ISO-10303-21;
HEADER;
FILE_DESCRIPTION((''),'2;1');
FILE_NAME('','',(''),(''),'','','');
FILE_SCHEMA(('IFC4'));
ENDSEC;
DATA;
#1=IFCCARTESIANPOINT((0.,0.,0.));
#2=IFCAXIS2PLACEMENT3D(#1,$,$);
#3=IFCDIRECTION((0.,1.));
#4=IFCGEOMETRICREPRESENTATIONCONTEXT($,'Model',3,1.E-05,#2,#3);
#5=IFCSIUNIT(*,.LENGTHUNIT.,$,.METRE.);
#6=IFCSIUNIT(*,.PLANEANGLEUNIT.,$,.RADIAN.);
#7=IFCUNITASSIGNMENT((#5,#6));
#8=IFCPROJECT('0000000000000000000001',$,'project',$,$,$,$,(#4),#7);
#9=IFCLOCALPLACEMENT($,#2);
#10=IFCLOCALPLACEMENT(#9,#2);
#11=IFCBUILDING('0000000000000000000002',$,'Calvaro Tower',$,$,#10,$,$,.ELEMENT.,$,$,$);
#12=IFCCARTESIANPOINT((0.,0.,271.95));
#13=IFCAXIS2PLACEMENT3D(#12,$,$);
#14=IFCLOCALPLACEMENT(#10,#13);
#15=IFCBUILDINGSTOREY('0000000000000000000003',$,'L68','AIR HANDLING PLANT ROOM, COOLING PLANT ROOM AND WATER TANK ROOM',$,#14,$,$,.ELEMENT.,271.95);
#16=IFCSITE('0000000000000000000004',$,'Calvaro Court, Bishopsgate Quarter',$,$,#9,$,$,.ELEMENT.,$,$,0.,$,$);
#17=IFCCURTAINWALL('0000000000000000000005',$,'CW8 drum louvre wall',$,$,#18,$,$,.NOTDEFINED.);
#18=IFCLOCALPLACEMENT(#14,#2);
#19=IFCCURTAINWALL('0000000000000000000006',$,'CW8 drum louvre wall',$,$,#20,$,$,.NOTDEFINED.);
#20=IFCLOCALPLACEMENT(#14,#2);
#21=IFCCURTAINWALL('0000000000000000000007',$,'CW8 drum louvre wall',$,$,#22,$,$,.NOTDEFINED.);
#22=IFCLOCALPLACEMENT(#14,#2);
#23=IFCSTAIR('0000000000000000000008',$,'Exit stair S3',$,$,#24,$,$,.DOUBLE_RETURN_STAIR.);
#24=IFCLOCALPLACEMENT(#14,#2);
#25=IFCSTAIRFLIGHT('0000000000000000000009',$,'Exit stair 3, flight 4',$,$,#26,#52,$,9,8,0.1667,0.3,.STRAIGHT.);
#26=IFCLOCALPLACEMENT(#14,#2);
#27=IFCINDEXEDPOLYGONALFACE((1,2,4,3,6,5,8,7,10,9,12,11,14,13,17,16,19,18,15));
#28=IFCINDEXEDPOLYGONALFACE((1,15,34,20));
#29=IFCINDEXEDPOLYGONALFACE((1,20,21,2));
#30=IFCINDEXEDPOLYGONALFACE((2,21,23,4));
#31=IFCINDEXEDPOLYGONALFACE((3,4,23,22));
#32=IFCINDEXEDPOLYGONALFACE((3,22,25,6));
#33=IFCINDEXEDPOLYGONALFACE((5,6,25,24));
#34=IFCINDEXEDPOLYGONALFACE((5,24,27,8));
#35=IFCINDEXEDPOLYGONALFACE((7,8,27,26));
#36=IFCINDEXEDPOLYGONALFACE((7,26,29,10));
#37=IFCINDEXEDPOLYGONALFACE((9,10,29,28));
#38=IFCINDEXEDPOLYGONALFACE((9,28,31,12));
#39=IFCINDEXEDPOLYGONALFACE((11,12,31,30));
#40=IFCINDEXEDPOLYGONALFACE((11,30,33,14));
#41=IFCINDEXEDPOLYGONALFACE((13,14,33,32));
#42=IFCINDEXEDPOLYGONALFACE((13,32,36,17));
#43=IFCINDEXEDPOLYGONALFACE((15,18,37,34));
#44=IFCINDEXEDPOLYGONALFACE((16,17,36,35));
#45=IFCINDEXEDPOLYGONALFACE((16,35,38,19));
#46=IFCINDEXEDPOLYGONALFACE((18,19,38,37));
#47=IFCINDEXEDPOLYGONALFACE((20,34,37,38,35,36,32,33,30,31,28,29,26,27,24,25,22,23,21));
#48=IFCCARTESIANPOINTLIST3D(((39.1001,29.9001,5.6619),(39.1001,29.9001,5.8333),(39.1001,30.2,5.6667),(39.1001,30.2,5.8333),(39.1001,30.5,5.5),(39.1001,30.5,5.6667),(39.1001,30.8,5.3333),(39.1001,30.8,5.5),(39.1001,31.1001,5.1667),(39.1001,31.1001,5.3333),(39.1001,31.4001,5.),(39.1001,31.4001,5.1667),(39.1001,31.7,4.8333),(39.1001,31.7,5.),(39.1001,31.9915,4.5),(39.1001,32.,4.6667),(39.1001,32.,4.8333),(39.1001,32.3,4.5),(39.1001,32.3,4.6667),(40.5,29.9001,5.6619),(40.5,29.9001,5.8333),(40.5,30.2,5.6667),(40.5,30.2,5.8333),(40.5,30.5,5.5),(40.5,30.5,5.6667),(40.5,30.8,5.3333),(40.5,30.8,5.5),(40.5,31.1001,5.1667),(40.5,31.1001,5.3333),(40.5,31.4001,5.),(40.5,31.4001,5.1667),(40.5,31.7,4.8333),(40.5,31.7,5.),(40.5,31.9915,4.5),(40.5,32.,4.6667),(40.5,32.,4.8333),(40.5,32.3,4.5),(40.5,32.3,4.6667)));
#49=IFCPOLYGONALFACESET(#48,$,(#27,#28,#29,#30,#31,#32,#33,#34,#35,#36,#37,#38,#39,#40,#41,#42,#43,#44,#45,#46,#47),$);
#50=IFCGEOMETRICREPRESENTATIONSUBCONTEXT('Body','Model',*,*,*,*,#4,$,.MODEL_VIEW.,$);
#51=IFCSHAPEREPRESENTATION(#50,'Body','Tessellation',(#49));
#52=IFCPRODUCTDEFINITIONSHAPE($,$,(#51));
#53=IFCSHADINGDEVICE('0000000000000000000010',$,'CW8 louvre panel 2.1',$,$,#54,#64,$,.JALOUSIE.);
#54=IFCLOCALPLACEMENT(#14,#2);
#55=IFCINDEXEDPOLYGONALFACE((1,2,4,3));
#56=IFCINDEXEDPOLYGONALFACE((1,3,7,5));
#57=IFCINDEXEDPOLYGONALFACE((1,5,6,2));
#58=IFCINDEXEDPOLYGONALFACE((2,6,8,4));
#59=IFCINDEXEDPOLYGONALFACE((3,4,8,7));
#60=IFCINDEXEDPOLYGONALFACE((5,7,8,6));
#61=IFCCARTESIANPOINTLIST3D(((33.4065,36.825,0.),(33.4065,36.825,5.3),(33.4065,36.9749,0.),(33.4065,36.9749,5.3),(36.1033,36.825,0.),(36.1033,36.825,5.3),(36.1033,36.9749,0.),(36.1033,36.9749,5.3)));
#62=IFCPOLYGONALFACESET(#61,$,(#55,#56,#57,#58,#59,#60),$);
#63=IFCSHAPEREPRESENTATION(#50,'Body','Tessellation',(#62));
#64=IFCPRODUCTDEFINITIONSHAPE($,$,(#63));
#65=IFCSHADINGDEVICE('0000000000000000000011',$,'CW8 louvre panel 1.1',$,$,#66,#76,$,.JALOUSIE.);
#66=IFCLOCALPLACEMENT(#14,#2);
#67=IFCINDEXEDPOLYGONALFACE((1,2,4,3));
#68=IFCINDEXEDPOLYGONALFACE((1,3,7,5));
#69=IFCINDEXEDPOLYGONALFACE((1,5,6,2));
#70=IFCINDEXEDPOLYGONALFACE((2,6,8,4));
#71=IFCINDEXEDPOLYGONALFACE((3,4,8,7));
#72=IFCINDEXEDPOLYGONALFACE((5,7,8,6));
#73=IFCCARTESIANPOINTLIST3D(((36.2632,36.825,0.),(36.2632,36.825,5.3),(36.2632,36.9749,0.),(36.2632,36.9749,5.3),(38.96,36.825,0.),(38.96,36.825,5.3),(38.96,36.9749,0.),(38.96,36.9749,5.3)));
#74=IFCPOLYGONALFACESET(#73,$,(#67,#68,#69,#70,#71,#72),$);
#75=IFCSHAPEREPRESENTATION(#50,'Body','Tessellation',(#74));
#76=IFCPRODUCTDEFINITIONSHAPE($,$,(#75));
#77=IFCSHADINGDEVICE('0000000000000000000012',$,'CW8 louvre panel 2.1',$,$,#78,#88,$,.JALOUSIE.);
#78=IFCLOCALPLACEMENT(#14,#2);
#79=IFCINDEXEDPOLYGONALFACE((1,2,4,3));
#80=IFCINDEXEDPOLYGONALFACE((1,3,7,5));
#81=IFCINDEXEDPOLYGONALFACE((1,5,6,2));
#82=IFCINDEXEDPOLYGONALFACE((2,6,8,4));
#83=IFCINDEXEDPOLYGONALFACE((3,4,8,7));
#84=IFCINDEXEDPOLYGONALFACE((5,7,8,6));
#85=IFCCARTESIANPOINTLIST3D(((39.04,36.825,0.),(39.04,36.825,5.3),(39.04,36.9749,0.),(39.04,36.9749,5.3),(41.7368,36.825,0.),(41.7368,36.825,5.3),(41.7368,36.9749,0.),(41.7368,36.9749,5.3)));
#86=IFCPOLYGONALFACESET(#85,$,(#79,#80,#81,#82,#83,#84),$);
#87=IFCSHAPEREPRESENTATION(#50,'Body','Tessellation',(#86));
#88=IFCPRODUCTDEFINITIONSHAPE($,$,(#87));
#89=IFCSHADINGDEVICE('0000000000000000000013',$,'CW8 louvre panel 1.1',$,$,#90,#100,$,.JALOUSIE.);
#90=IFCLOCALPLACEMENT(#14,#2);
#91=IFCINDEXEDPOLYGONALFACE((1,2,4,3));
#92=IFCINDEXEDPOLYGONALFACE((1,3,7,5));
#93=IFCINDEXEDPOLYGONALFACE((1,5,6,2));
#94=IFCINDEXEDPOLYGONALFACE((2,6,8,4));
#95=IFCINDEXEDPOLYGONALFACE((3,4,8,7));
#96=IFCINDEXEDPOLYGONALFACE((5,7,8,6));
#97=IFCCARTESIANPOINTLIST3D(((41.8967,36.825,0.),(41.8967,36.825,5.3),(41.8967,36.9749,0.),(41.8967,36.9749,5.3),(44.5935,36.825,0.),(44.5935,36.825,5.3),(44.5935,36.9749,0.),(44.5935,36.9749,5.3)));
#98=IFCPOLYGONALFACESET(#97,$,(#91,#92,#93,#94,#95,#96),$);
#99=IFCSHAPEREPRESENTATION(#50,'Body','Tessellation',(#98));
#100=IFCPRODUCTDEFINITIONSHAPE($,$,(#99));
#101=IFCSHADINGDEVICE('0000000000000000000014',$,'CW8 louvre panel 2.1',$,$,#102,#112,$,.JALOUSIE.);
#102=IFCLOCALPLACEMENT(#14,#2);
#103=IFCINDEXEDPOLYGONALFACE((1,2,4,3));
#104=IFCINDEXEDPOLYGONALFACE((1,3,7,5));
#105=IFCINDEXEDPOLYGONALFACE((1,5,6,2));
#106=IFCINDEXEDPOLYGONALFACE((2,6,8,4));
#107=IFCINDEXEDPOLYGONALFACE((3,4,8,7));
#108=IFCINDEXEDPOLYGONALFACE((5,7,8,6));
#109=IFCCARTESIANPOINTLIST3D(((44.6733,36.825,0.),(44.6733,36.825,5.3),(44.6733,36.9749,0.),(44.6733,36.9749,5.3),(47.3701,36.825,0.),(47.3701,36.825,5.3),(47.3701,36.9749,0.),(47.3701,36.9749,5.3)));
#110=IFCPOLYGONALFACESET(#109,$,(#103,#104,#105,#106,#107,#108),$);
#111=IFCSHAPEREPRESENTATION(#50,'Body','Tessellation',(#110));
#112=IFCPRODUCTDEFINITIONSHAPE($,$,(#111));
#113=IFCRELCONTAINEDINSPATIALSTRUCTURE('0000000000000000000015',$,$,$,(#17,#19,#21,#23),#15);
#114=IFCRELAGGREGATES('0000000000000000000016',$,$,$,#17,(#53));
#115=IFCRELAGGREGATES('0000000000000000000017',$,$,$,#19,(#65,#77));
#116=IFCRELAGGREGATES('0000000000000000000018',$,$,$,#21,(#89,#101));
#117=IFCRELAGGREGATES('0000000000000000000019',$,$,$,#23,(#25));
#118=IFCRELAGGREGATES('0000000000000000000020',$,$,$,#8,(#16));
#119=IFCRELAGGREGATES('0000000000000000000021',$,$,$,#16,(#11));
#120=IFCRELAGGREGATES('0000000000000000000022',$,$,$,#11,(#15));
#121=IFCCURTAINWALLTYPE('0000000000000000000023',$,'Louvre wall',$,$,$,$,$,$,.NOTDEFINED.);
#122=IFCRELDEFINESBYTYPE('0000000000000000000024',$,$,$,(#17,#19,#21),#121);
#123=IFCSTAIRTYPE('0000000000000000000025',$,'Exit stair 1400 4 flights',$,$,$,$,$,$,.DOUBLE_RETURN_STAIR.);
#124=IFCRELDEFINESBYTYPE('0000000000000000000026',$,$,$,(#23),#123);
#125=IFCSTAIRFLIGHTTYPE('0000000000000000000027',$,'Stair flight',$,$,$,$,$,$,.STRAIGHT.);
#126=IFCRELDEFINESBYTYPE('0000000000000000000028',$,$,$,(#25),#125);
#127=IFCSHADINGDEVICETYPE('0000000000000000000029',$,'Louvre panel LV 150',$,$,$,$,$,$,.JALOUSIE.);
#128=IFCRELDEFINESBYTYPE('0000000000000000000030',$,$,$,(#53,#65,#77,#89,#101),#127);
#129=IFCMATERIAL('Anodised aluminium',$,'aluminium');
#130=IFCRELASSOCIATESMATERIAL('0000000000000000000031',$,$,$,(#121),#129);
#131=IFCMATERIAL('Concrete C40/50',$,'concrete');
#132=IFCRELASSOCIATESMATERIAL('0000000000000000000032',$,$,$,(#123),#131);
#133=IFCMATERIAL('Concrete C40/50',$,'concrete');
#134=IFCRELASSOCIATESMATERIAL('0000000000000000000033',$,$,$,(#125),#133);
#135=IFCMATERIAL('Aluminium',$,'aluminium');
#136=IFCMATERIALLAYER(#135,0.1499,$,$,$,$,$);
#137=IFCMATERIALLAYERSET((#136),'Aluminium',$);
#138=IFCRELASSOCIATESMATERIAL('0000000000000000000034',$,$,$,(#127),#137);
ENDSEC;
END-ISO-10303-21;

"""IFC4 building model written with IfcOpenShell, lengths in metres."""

from ifc_helpers import new_model, si_unit, direction, frame, origin, origin_2d, place, context, subcontext, project, spatial, polyline, rectangle, outline, extrude, material, layer, layer_set, type_object, element, aggregate, save


model = new_model("IFC4")

# Units and contexts
model_context = context("Model", 3, precision=1e-05, world=origin(), true_north=direction((0.0, 1.0)))
body_context = subcontext(model_context, "Body", "Model", "MODEL_VIEW")
ifc_project = project(units=[si_unit("LENGTHUNIT", "METRE"), si_unit("PLANEANGLEUNIT", "RADIAN")], contexts=[model_context])

# Site, building, storey
site_placement = place(None, origin())
site = spatial("IfcSite", under=ifc_project, at=site_placement, Name="Calvaro Court, Bishopsgate Quarter", CompositionType="ELEMENT", RefElevation=0.0)
building_placement = place(site_placement, origin())
building = spatial("IfcBuilding", under=site, at=building_placement, Name="Calvaro Tower", CompositionType="ELEMENT")
storey_placement = place(building_placement, frame((0.0, 0.0, 271.95)))
storey = spatial("IfcBuildingStorey", under=building, at=storey_placement, Name="L68", Description="AIR HANDLING PLANT ROOM, COOLING PLANT ROOM AND WATER TANK ROOM", CompositionType="ELEMENT", Elevation=271.95)

# Curtain walls
ifc_material_1 = material(Name="Anodised aluminium", Category="aluminium")
curtain_wall_type = type_object("IfcCurtainWallType", Name="Louvre wall", PredefinedType="NOTDEFINED", material=ifc_material_1)
curtain_wall_1_placement = place(storey_placement, origin())
curtain_wall_1 = element("IfcCurtainWall", 1, at=curtain_wall_1_placement, inside=storey, type_object=curtain_wall_type, Name="CW8 drum louvre wall", PredefinedType="NOTDEFINED")
curtain_wall_2_placement = place(storey_placement, origin())
curtain_wall_2 = element("IfcCurtainWall", 2, at=curtain_wall_2_placement, inside=storey, type_object=curtain_wall_type, Name="CW8 drum louvre wall", PredefinedType="NOTDEFINED")
curtain_wall_3_placement = place(storey_placement, origin())
curtain_wall_3 = element("IfcCurtainWall", 3, at=curtain_wall_3_placement, inside=storey, type_object=curtain_wall_type, Name="CW8 drum louvre wall", PredefinedType="NOTDEFINED")

# Stair, stair flight
ifc_material_2 = material(Name="Concrete C40/50", Category="concrete")
stair_type = type_object("IfcStairType", Name="Exit stair 1400 4 flights", PredefinedType="DOUBLE_RETURN_STAIR", material=ifc_material_2)
stair_placement = place(storey_placement, origin())
stair = element("IfcStair", 4, at=stair_placement, inside=storey, type_object=stair_type, Name="Exit stair S3", PredefinedType="DOUBLE_RETURN_STAIR")
ifc_material_3 = material(Name="Concrete C40/50", Category="concrete")
stair_flight_type = type_object("IfcStairFlightType", Name="Stair flight", PredefinedType="STRAIGHT", material=ifc_material_3)
stair_flight_1_placement = place(storey_placement, frame((39.8, 32.3, 4.5), z_axis=(0.0, 0.0, 1.0), x_axis=(0.0, -1.0, 0.0)))
stair_flight_1 = element("IfcStairFlight", 5, at=stair_flight_1_placement, type_object=stair_flight_type, Name="Exit stair 3, flight 4", NumberOfRisers=9, NumberOfTreads=8, PredefinedType="STRAIGHT", RiserHeight=0.1667, TreadLength=0.3, context=body_context, shape_type="SweptSolid", body=[
    extrude(outline(polyline([(0.0, 0.0), (0.0, 0.1667), (0.3, 0.1667), (0.3, 0.3333), (0.6001, 0.3333), (0.6001, 0.5), (0.8999, 0.5), (0.8999, 0.6667), (1.2, 0.6667), (1.2, 0.8333), (1.5, 0.8333), (1.5, 1.0), (1.8, 1.0), (1.8, 1.1667), (2.1001, 1.1667), (2.1001, 1.3333), (2.3999, 1.3333), (2.3999, 1.5), (2.3999, 1.1619), (0.3086, 0.0), (0.0, 0.0)])), frame((0.0, 0.7, 0.0), z_axis=(0.0, -1.0, 0.0), x_axis=(1.0, 0.0, 0.0)), (0.0, 0.0, 1.0), 1.3999),
])

# Shading devices
ifc_material_4 = material(Name="Aluminium", Category="aluminium")
ifc_layer_1 = layer(ifc_material_4, 0.1499)
ifc_layer_set_1 = layer_set([ifc_layer_1], Name="Aluminium")
shading_device_type = type_object("IfcShadingDeviceType", Name="Louvre panel LV 150", PredefinedType="JALOUSIE", material=ifc_layer_set_1)
shading_device_1_placement = place(storey_placement, frame((34.7549, 36.8999, 0.0), z_axis=(0.0, 0.0, 1.0), x_axis=(1.0, 0.0, 0.0)))
shading_device_1 = element("IfcShadingDevice", 6, at=shading_device_1_placement, type_object=shading_device_type, Name="CW8 louvre panel 2.1", PredefinedType="JALOUSIE", context=body_context, shape_type="SweptSolid", body=[
    extrude(rectangle(XDim=2.6968, YDim=0.1499, at=origin_2d()), origin(), (0.0, 0.0, 1.0), 5.3),
])
aggregate(curtain_wall_1, [shading_device_1])
shading_device_2_placement = place(storey_placement, frame((37.6116, 36.8999, 0.0), z_axis=(0.0, 0.0, 1.0), x_axis=(1.0, 0.0, 0.0)))
shading_device_2 = element("IfcShadingDevice", 7, at=shading_device_2_placement, type_object=shading_device_type, Name="CW8 louvre panel 1.1", PredefinedType="JALOUSIE", context=body_context, shape_type="SweptSolid", body=[
    extrude(rectangle(XDim=2.6968, YDim=0.1499, at=origin_2d()), origin(), (0.0, 0.0, 1.0), 5.3),
])
shading_device_3_placement = place(storey_placement, frame((40.3884, 36.8999, 0.0), z_axis=(0.0, 0.0, 1.0), x_axis=(1.0, 0.0, 0.0)))
shading_device_3 = element("IfcShadingDevice", 8, at=shading_device_3_placement, type_object=shading_device_type, Name="CW8 louvre panel 2.1", PredefinedType="JALOUSIE", context=body_context, shape_type="SweptSolid", body=[
    extrude(rectangle(XDim=2.6968, YDim=0.1499, at=origin_2d()), origin(), (0.0, 0.0, 1.0), 5.3),
])
aggregate(curtain_wall_2, [shading_device_2, shading_device_3])
shading_device_4_placement = place(storey_placement, frame((43.2451, 36.8999, 0.0), z_axis=(0.0, 0.0, 1.0), x_axis=(1.0, 0.0, 0.0)))
shading_device_4 = element("IfcShadingDevice", 9, at=shading_device_4_placement, type_object=shading_device_type, Name="CW8 louvre panel 1.1", PredefinedType="JALOUSIE", context=body_context, shape_type="SweptSolid", body=[
    extrude(rectangle(XDim=2.6968, YDim=0.1499, at=origin_2d()), origin(), (0.0, 0.0, 1.0), 5.3),
])
shading_device_5_placement = place(storey_placement, frame((46.0217, 36.8999, 0.0), z_axis=(0.0, 0.0, 1.0), x_axis=(1.0, 0.0, 0.0)))
shading_device_5 = element("IfcShadingDevice", 10, at=shading_device_5_placement, type_object=shading_device_type, Name="CW8 louvre panel 2.1", PredefinedType="JALOUSIE", context=body_context, shape_type="SweptSolid", body=[
    extrude(rectangle(XDim=2.6968, YDim=0.1499, at=origin_2d()), origin(), (0.0, 0.0, 1.0), 5.3),
])
aggregate(curtain_wall_3, [shading_device_4, shading_device_5])

aggregate(stair, [stair_flight_1])

save(model, "model.ifc")
